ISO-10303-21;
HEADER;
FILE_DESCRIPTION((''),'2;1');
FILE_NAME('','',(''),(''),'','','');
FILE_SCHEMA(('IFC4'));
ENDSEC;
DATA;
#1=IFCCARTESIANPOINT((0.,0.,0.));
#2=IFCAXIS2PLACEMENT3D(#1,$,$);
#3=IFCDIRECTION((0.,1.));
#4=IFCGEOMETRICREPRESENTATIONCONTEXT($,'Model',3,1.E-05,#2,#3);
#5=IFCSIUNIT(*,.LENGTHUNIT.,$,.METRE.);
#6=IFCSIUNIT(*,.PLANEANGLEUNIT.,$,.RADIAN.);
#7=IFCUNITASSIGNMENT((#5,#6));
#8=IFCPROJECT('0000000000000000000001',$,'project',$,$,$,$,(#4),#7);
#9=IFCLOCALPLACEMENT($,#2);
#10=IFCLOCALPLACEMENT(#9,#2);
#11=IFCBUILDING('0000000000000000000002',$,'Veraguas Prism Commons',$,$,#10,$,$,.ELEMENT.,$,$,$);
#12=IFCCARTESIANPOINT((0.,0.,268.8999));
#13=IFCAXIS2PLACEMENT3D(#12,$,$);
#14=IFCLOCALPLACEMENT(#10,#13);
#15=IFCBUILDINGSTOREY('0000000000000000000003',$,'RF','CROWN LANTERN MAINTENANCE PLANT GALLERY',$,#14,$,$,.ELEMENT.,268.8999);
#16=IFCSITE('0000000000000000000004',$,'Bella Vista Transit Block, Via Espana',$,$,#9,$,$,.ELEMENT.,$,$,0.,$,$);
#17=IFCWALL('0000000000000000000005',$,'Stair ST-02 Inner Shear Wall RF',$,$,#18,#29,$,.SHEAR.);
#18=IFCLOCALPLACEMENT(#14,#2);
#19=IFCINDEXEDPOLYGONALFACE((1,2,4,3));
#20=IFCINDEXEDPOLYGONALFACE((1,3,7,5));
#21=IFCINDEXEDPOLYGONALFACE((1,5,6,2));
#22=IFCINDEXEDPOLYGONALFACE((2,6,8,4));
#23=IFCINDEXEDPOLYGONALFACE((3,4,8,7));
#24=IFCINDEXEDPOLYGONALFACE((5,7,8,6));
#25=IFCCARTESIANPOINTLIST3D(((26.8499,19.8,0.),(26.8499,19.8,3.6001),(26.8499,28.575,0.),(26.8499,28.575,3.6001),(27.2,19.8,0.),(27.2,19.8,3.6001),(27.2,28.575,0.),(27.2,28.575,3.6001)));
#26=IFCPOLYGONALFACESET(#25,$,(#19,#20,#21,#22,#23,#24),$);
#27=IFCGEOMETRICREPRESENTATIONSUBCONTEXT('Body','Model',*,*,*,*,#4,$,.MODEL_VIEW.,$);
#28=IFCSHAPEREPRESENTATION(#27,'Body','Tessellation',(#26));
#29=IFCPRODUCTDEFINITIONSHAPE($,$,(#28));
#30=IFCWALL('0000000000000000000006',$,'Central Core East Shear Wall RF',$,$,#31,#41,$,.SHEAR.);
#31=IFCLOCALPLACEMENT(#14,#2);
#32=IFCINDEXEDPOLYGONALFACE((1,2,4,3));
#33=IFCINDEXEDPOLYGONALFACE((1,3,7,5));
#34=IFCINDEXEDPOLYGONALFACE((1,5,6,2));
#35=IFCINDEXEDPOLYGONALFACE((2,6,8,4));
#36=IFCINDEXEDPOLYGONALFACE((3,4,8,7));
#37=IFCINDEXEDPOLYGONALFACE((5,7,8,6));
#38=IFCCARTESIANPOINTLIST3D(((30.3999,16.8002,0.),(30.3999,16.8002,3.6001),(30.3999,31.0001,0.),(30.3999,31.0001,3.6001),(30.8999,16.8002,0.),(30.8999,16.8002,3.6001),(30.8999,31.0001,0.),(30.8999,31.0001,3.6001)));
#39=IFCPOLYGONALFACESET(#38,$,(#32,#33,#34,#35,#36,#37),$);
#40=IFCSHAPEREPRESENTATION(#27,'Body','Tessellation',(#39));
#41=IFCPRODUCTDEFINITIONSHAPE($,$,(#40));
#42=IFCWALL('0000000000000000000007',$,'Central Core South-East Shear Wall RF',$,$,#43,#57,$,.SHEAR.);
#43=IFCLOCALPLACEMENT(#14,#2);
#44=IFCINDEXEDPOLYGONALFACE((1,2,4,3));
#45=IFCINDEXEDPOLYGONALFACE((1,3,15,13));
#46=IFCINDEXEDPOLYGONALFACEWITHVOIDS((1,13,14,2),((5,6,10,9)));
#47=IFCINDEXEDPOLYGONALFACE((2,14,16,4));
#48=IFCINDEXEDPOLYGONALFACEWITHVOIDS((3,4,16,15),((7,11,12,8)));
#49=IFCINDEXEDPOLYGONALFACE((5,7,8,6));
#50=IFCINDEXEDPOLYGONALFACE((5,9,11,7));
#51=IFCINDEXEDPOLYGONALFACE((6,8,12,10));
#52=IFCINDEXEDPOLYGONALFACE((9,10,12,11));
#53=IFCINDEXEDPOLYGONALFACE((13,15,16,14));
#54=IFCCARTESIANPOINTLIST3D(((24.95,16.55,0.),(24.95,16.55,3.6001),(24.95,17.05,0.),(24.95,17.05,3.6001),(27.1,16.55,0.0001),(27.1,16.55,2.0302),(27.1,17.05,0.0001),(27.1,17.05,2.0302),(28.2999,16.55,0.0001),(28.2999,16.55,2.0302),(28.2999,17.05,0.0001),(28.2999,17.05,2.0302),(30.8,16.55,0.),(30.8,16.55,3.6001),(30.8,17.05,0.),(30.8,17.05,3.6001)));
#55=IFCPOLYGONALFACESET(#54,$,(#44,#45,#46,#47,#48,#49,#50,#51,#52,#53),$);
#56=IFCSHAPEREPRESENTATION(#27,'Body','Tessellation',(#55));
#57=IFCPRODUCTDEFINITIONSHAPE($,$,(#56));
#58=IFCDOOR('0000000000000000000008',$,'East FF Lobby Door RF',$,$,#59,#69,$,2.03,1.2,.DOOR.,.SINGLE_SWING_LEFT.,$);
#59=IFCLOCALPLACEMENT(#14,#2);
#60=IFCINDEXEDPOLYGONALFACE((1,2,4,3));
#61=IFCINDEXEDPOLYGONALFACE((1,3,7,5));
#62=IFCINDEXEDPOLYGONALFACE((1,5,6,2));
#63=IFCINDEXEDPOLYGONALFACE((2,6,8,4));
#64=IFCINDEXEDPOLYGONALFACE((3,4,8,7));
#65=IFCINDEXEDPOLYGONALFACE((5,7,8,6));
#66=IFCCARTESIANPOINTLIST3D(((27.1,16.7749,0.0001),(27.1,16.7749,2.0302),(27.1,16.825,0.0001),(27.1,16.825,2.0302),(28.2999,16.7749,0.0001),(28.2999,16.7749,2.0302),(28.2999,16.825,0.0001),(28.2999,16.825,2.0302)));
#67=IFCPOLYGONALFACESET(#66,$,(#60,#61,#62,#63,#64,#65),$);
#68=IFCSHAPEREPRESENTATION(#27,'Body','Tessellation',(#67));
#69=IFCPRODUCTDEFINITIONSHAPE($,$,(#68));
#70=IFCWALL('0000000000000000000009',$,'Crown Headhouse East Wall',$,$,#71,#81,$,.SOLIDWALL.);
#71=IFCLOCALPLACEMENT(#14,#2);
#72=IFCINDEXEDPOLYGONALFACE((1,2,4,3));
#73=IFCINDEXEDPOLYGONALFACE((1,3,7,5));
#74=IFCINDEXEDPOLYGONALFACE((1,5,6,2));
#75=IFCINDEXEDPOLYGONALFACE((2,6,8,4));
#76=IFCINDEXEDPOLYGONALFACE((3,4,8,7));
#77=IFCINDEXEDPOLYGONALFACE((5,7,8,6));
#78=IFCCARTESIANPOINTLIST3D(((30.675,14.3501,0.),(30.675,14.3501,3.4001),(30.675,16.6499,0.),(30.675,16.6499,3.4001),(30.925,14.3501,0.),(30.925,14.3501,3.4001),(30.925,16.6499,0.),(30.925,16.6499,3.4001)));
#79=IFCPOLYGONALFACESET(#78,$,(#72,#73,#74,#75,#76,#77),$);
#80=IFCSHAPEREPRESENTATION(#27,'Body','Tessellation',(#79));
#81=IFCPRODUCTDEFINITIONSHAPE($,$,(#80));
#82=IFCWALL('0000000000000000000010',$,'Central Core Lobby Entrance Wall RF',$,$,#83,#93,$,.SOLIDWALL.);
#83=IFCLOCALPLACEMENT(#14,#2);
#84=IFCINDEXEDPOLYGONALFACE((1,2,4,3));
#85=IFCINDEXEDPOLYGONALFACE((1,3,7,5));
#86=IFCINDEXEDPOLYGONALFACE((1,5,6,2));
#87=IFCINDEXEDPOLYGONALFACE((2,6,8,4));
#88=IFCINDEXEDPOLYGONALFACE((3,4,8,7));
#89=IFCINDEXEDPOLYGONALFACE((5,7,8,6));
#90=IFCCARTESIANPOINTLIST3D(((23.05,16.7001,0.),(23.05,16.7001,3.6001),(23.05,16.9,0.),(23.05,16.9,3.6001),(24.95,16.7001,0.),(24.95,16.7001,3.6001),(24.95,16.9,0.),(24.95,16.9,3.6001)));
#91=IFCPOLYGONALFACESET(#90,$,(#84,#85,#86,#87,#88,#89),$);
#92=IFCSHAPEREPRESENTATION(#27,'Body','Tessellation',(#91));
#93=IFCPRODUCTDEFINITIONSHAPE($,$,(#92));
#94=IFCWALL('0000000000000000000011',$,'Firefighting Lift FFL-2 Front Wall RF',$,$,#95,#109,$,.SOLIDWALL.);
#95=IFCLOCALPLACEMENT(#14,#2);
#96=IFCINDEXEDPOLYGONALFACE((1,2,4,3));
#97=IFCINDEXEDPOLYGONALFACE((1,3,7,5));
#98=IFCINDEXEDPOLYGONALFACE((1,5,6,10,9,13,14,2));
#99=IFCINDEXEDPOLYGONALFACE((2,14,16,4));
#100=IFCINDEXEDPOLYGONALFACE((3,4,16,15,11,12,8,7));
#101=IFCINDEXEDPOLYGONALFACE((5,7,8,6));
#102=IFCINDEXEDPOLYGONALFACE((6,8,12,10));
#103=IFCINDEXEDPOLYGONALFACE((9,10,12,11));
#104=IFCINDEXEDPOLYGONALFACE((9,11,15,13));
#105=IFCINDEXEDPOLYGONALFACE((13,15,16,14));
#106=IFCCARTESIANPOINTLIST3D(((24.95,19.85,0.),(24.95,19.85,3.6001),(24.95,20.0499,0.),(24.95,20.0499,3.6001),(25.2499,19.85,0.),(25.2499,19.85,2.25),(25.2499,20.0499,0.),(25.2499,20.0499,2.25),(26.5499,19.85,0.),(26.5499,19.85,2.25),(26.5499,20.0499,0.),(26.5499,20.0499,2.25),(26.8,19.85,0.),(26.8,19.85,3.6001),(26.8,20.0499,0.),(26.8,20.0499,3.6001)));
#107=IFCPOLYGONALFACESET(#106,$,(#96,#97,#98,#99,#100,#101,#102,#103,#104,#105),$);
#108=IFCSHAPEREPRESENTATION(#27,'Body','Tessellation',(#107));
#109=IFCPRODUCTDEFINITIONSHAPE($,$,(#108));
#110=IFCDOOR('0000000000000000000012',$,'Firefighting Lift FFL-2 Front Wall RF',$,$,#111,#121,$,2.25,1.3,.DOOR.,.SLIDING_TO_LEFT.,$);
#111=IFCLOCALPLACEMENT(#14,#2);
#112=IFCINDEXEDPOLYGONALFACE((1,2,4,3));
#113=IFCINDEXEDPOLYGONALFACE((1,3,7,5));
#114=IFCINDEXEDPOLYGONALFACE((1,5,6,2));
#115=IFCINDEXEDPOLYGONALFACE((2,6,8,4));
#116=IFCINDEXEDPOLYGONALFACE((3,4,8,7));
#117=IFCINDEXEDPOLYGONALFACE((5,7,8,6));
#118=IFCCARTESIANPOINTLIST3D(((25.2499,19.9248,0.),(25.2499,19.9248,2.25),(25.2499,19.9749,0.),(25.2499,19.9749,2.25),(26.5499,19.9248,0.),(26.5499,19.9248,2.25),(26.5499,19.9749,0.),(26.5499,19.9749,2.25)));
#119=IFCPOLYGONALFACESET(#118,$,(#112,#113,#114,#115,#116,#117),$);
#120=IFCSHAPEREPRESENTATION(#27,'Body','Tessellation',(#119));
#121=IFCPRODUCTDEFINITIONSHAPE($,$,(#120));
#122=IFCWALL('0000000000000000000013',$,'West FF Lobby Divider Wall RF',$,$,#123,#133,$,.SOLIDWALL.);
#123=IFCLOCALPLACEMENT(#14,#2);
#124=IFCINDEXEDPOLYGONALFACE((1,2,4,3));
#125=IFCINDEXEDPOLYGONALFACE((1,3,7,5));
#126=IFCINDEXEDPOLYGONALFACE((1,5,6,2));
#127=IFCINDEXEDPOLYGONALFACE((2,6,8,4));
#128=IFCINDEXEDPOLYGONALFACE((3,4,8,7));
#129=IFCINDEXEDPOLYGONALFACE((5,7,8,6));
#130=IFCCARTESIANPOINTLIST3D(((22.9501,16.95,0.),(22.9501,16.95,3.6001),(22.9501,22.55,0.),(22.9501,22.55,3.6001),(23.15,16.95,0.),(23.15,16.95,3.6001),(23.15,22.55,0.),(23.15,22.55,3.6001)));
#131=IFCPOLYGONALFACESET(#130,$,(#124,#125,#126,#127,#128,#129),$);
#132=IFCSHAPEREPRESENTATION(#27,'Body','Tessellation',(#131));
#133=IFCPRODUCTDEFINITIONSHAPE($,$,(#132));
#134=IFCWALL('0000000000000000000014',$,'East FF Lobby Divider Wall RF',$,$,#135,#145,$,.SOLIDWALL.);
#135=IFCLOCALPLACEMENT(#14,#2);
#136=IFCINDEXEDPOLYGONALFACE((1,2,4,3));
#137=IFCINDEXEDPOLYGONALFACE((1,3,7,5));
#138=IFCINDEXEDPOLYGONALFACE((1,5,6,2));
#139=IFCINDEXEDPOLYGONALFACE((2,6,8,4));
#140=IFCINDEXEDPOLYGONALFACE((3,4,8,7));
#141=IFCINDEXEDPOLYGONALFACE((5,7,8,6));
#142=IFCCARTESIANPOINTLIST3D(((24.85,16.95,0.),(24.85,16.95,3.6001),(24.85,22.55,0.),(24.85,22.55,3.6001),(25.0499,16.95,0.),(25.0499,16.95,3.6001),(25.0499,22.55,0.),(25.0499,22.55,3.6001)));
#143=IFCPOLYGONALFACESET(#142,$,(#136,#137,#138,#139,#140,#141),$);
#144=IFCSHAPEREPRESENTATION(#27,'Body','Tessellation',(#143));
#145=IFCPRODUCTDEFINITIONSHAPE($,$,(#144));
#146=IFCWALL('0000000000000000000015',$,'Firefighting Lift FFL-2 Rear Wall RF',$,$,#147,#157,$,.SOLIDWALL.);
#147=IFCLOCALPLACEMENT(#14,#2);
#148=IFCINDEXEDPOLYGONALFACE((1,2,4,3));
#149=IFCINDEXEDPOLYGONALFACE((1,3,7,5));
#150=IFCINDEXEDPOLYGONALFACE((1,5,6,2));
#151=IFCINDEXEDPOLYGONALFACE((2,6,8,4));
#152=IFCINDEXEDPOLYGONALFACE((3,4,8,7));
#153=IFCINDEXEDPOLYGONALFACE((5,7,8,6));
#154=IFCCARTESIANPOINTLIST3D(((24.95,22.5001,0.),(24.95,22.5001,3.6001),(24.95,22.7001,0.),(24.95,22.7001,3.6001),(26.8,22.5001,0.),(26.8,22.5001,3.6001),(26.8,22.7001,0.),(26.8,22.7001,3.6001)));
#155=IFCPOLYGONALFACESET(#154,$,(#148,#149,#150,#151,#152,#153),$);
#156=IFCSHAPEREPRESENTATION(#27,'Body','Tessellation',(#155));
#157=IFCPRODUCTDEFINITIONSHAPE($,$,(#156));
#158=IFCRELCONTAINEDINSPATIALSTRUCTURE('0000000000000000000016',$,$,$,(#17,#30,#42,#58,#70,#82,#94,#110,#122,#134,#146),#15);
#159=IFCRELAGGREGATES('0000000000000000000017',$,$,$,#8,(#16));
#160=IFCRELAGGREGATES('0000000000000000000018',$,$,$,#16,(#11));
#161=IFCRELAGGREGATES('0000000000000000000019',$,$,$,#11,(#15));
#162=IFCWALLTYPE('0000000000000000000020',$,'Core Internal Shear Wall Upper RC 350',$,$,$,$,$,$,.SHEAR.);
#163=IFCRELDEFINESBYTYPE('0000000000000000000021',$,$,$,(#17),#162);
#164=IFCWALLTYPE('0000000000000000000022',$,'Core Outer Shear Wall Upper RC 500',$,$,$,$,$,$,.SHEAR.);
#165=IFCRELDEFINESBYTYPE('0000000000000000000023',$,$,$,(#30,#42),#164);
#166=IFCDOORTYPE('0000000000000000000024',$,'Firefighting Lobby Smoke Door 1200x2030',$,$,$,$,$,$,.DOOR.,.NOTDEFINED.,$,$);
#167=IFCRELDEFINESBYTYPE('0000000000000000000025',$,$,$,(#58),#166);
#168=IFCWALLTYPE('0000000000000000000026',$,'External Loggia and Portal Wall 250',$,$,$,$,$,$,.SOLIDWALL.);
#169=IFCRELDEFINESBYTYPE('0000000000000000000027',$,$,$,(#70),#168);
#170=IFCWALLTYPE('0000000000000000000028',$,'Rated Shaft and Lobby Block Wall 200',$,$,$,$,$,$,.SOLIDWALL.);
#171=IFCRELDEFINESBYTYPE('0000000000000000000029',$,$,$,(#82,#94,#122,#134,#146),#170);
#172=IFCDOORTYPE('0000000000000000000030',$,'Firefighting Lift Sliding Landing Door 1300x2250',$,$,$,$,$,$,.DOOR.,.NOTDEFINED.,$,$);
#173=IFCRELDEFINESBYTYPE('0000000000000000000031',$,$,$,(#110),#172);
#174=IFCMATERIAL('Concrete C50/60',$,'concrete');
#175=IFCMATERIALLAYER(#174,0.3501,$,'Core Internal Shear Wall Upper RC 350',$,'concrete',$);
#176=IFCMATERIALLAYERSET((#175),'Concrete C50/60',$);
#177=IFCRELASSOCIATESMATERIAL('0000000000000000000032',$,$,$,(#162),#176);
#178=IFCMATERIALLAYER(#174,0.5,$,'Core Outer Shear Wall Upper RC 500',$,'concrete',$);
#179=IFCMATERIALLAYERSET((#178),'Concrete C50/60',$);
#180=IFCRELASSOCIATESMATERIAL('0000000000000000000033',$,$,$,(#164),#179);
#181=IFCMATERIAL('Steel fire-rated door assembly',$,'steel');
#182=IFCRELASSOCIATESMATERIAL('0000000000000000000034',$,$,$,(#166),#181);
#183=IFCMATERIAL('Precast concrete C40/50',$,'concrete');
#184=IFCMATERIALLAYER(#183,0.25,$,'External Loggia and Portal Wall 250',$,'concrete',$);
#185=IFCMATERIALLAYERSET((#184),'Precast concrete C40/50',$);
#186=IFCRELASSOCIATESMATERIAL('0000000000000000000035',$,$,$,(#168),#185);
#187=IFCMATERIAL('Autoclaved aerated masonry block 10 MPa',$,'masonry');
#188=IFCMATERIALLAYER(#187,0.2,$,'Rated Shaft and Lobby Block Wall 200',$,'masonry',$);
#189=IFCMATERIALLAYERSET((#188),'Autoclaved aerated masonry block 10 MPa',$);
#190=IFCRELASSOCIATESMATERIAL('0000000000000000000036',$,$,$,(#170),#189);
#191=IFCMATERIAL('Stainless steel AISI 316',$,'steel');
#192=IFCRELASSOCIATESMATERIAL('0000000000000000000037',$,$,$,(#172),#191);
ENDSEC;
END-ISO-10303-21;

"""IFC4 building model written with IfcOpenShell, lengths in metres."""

from ifc_helpers import new_model, si_unit, direction, frame, frame_2d, origin, place, context, subcontext, project, spatial, rectangle, extrude, source, transform, mapped, material, layer, layer_set, type_object, element, fill, save


model = new_model("IFC4")

# Units and contexts
model_context = context("Model", 3, precision=1e-05, world=origin(), true_north=direction((0.0, 1.0)))
body_context = subcontext(model_context, "Body", "Model", "MODEL_VIEW")
ifc_project = project(units=[si_unit("LENGTHUNIT", "METRE"), si_unit("PLANEANGLEUNIT", "RADIAN")], contexts=[model_context])

# Site, building, storey
site_placement = place(None, origin())
site = spatial("IfcSite", under=ifc_project, at=site_placement, Name="Bella Vista Transit Block, Via Espana", CompositionType="ELEMENT", RefElevation=0.0)
building_placement = place(site_placement, origin())
building = spatial("IfcBuilding", under=site, at=building_placement, Name="Veraguas Prism Commons", CompositionType="ELEMENT")
storey_placement = place(building_placement, frame((0.0, 0.0, 268.8999)))
storey = spatial("IfcBuildingStorey", under=building, at=storey_placement, Name="RF", Description="CROWN LANTERN MAINTENANCE PLANT GALLERY", CompositionType="ELEMENT", Elevation=268.8999)

# Shared definitions
ifc_material_1 = material(Name="Concrete C50/60", Category="concrete")
ifc_layer_1 = layer(ifc_material_1, 0.3501, Name="Core Internal Shear Wall Upper RC 350", Category="concrete")
ifc_layer_set_1 = layer_set([ifc_layer_1], Name="Concrete C50/60")
wall_type_1 = type_object("IfcWallType", Name="Core Internal Shear Wall Upper RC 350", PredefinedType="SHEAR", material=ifc_layer_set_1)
ifc_material_2 = material(Name="Steel fire-rated door assembly", Category="steel")

# Walls
wall_1_placement = place(storey_placement, frame((27.0249, 19.8, 0.0), z_axis=(0.0, 0.0, 1.0), x_axis=(0.0, 1.0, 0.0)))
element("IfcWall", 1, at=wall_1_placement, inside=storey, type_object=wall_type_1, Name="Stair ST-02 Inner Shear Wall RF", PredefinedType="SHEAR", context=body_context, shape_type="SweptSolid", body=[
    extrude(rectangle(XDim=8.7749, YDim=0.3501, at=frame_2d((4.3875, 0.0))), origin(), (0.0, 0.0, 1.0), 3.6001),
])
ifc_layer_2 = layer(ifc_material_1, 0.5, Name="Core Outer Shear Wall Upper RC 500", Category="concrete")
ifc_layer_set_2 = layer_set([ifc_layer_2], Name="Concrete C50/60")
wall_type_2 = type_object("IfcWallType", Name="Core Outer Shear Wall Upper RC 500", PredefinedType="SHEAR", material=ifc_layer_set_2)
wall_2_placement = place(storey_placement, frame((30.6499, 16.8, 0.0), z_axis=(0.0, 0.0, 1.0), x_axis=(0.0, 1.0, 0.0)))
element("IfcWall", 2, at=wall_2_placement, inside=storey, type_object=wall_type_2, Name="Central Core East Shear Wall RF", PredefinedType="SHEAR", context=body_context, shape_type="SweptSolid", body=[
    extrude(rectangle(XDim=14.2, YDim=0.5, at=frame_2d((7.1001, 0.0))), origin(), (0.0, 0.0, 1.0), 3.6001),
])

# Wall, opening, door
wall_3_placement = place(storey_placement, frame((24.95, 16.8, 0.0), z_axis=(0.0, 0.0, 1.0), x_axis=(1.0, 0.0, 0.0)))
wall_3 = element("IfcWall", 3, at=wall_3_placement, inside=storey, type_object=wall_type_2, Name="Central Core South-East Shear Wall RF", PredefinedType="SHEAR", context=body_context, shape_type="SweptSolid", body=[
    extrude(rectangle(XDim=5.8501, YDim=0.5, at=frame_2d((2.925, 0.0))), origin(), (0.0, 0.0, 1.0), 3.6001),
])
opening_1_placement = place(wall_3_placement, frame((2.1499, 0.0, 0.0)))
opening_1 = element("IfcOpeningElement", 4, at=opening_1_placement, cuts=wall_3, PredefinedType="OPENING", context=body_context, shape_type="SweptSolid", body=[
    extrude(rectangle(XDim=1.2, YDim=2.03, at=frame_2d((0.6001, 1.0151))), frame((0.0, 0.26, 0.0), z_axis=(0.0, -1.0, 0.0), x_axis=(1.0, 0.0, 0.0)), (0.0, 0.0, 1.0), 0.52),
])
door_type_1 = type_object("IfcDoorType", Name="Firefighting Lobby Smoke Door 1200x2030", OperationType="NOTDEFINED", PredefinedType="DOOR", material=ifc_material_2)
shared_shape_1 = source(origin(), body_context, "Body", "SweptSolid", [
    extrude(rectangle(XDim=1.2, YDim=2.03, at=frame_2d((0.6001, 1.0151))), frame((0.0, 0.0249, 0.0), z_axis=(0.0, -1.0, 0.0), x_axis=(1.0, 0.0, 0.0)), (0.0, 0.0, 1.0), 0.05),
])
door_1_placement = place(opening_1_placement, origin())
door_1 = element("IfcDoor", 5, at=door_1_placement, inside=storey, type_object=door_type_1, Name="East FF Lobby Door RF", OperationType="SINGLE_SWING_LEFT", OverallHeight=2.03, OverallWidth=1.2, PredefinedType="DOOR", context=body_context, shape_type="MappedRepresentation", body=[
    mapped(shared_shape_1, transform((0.0, 0.0, 0.0), scale=1.0)),
])
fill(opening_1, door_1)

# Walls
ifc_material_3 = material(Name="Precast concrete C40/50", Category="concrete")
ifc_layer_3 = layer(ifc_material_3, 0.25, Name="External Loggia and Portal Wall 250", Category="concrete")
ifc_layer_set_3 = layer_set([ifc_layer_3], Name="Precast concrete C40/50")
wall_type_3 = type_object("IfcWallType", Name="External Loggia and Portal Wall 250", PredefinedType="SOLIDWALL", material=ifc_layer_set_3)
wall_4_placement = place(storey_placement, frame((30.8, 14.3501, 0.0), z_axis=(0.0, 0.0, 1.0), x_axis=(0.0, 1.0, 0.0)))
element("IfcWall", 6, at=wall_4_placement, inside=storey, type_object=wall_type_3, Name="Crown Headhouse East Wall", PredefinedType="SOLIDWALL", context=body_context, shape_type="SweptSolid", body=[
    extrude(rectangle(XDim=2.2998, YDim=0.25, at=frame_2d((1.1499, 0.0))), origin(), (0.0, 0.0, 1.0), 3.4001),
])
ifc_material_4 = material(Name="Autoclaved aerated masonry block 10 MPa", Category="masonry")
ifc_layer_4 = layer(ifc_material_4, 0.2, Name="Rated Shaft and Lobby Block Wall 200", Category="masonry")
ifc_layer_set_4 = layer_set([ifc_layer_4], Name="Autoclaved aerated masonry block 10 MPa")
wall_type_4 = type_object("IfcWallType", Name="Rated Shaft and Lobby Block Wall 200", PredefinedType="SOLIDWALL", material=ifc_layer_set_4)
wall_5_placement = place(storey_placement, frame((23.05, 16.8, 0.0), z_axis=(0.0, 0.0, 1.0), x_axis=(1.0, 0.0, 0.0)))
element("IfcWall", 7, at=wall_5_placement, inside=storey, type_object=wall_type_4, Name="Central Core Lobby Entrance Wall RF", PredefinedType="SOLIDWALL", context=body_context, shape_type="SweptSolid", body=[
    extrude(rectangle(XDim=1.8999, YDim=0.2, at=frame_2d((0.95, 0.0))), origin(), (0.0, 0.0, 1.0), 3.6001),
])

# Wall, opening, door
wall_6_placement = place(storey_placement, frame((24.95, 19.95, 0.0), z_axis=(0.0, 0.0, 1.0), x_axis=(1.0, 0.0, 0.0)))
wall_6 = element("IfcWall", 8, at=wall_6_placement, inside=storey, type_object=wall_type_4, Name="Firefighting Lift FFL-2 Front Wall RF", PredefinedType="SOLIDWALL", context=body_context, shape_type="SweptSolid", body=[
    extrude(rectangle(XDim=1.8501, YDim=0.2, at=frame_2d((0.925, 0.0))), origin(), (0.0, 0.0, 1.0), 3.6001),
])
opening_2_placement = place(wall_6_placement, frame((0.3, 0.0, 0.0)))
opening_2 = element("IfcOpeningElement", 9, at=opening_2_placement, cuts=wall_6, PredefinedType="OPENING", context=body_context, shape_type="SweptSolid", body=[
    extrude(rectangle(XDim=1.3, YDim=2.25, at=frame_2d((0.6499, 1.125))), frame((0.0, 0.1099, 0.0), z_axis=(0.0, -1.0, 0.0), x_axis=(1.0, 0.0, 0.0)), (0.0, 0.0, 1.0), 0.22),
])
ifc_material_5 = material(Name="Stainless steel AISI 316", Category="steel")
door_type_2 = type_object("IfcDoorType", Name="Firefighting Lift Sliding Landing Door 1300x2250", OperationType="NOTDEFINED", PredefinedType="DOOR", material=ifc_material_5)
shared_shape_2 = source(origin(), body_context, "Body", "SweptSolid", [
    extrude(rectangle(XDim=1.3, YDim=2.25, at=frame_2d((0.6499, 1.125))), frame((0.0, 0.0249, 0.0), z_axis=(0.0, -1.0, 0.0), x_axis=(1.0, 0.0, 0.0)), (0.0, 0.0, 1.0), 0.05),
])
door_2_placement = place(opening_2_placement, origin())
door_2 = element("IfcDoor", 10, at=door_2_placement, inside=storey, type_object=door_type_2, Name="Firefighting Lift FFL-2 Front Wall RF", OperationType="SLIDING_TO_LEFT", OverallHeight=2.25, OverallWidth=1.3, PredefinedType="DOOR", context=body_context, shape_type="MappedRepresentation", body=[
    mapped(shared_shape_2, transform((0.0, 0.0, 0.0), scale=1.0)),
])
fill(opening_2, door_2)

# Walls
for number, where, z_axis, x_axis, name in (
    (11, (23.05, 16.95, 0.0), (0.0, 0.0, 1.0), (0.0, 1.0, 0.0), "West FF Lobby Divider Wall RF"),
    (12, (24.95, 16.95, 0.0), (0.0, 0.0, 1.0), (0.0, 1.0, 0.0), "East FF Lobby Divider Wall RF"),
):
    element("IfcWall", number, at=place(storey_placement, frame(where, z_axis=z_axis, x_axis=x_axis)), inside=storey, type_object=wall_type_4, Name=name, PredefinedType="SOLIDWALL", context=body_context, shape_type="SweptSolid", body=[
        extrude(rectangle(XDim=5.6001, YDim=0.2, at=frame_2d((2.8, 0.0))), origin(), (0.0, 0.0, 1.0), 3.6001),
    ])
wall_7_placement = place(storey_placement, frame((24.95, 22.6001, 0.0), z_axis=(0.0, 0.0, 1.0), x_axis=(1.0, 0.0, 0.0)))
element("IfcWall", 13, at=wall_7_placement, inside=storey, type_object=wall_type_4, Name="Firefighting Lift FFL-2 Rear Wall RF", PredefinedType="SOLIDWALL", context=body_context, shape_type="SweptSolid", body=[
    extrude(rectangle(XDim=1.8501, YDim=0.2, at=frame_2d((0.925, 0.0))), origin(), (0.0, 0.0, 1.0), 3.6001),
])

save(model, "model.ifc")
